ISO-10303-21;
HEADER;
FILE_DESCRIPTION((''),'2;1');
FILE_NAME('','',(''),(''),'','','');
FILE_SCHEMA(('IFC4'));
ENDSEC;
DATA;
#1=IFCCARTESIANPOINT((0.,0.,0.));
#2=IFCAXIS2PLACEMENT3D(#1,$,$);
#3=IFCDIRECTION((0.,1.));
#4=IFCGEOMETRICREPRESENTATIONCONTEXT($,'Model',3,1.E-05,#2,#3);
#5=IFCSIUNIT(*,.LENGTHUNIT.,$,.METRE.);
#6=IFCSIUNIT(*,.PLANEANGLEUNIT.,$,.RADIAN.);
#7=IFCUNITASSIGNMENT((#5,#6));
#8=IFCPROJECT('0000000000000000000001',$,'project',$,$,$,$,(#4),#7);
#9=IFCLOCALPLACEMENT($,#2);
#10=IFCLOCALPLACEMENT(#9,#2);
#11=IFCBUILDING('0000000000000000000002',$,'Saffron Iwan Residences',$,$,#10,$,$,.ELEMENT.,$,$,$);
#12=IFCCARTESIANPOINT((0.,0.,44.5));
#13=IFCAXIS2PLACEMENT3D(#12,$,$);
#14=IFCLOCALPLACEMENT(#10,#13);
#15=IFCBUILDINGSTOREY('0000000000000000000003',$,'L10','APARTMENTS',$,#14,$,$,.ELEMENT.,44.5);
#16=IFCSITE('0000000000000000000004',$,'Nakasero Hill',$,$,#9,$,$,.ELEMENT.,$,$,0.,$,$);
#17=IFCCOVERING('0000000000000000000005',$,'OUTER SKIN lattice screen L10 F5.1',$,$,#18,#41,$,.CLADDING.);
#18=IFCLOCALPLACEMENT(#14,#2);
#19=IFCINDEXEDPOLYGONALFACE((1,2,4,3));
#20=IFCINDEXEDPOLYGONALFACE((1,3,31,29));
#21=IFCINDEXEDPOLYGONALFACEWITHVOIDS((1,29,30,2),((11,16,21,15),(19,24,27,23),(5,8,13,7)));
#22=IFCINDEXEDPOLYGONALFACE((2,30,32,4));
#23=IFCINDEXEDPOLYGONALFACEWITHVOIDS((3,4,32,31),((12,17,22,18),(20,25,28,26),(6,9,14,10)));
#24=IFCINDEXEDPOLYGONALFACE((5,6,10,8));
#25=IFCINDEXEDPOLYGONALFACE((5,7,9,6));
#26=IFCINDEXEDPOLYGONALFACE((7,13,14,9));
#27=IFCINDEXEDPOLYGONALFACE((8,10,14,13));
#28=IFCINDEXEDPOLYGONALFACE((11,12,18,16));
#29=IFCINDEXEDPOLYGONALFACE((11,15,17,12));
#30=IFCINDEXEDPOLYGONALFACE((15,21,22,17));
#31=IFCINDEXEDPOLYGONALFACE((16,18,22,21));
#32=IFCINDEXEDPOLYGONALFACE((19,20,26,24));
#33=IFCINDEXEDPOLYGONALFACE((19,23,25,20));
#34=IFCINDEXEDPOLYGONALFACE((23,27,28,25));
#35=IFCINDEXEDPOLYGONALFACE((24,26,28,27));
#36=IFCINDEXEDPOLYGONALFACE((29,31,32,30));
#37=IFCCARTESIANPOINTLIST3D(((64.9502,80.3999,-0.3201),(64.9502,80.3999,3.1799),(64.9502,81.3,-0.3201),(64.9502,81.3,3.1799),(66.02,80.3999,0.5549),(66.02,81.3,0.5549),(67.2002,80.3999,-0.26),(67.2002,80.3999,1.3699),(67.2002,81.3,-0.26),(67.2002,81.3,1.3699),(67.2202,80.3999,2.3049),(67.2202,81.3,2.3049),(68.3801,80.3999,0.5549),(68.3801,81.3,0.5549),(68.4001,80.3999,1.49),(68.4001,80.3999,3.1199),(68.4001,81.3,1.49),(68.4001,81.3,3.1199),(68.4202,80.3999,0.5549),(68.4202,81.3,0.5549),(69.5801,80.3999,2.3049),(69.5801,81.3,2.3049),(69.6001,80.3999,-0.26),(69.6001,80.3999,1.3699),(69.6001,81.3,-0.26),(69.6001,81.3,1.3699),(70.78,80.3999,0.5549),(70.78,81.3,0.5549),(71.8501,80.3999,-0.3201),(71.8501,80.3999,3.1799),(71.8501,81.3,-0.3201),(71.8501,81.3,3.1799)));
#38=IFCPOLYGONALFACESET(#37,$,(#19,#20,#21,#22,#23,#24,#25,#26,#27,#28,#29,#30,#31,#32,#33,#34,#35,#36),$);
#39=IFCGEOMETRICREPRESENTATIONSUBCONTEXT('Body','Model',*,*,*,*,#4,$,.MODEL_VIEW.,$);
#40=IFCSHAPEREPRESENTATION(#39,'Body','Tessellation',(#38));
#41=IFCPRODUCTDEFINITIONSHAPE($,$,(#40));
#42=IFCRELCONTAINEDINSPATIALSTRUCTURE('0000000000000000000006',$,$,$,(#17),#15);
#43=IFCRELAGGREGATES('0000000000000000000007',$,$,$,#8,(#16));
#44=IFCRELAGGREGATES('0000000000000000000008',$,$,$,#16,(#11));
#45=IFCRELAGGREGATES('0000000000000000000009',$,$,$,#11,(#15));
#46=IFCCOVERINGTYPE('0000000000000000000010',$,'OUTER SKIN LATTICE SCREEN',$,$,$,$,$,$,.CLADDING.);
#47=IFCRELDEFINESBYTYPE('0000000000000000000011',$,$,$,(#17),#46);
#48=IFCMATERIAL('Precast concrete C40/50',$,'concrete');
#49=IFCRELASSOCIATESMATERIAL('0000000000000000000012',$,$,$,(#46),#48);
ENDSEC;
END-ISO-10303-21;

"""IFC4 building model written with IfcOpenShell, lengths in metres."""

from ifc_helpers import new_model, si_unit, direction, frame, origin, place, context, subcontext, project, spatial, polyline, outline, extrude, material, type_object, element, save


model = new_model("IFC4")

# Units and contexts
model_context = context("Model", 3, precision=1e-05, world=origin(), true_north=direction((0.0, 1.0)))
body_context = subcontext(model_context, "Body", "Model", "MODEL_VIEW")
ifc_project = project(units=[si_unit("LENGTHUNIT", "METRE"), si_unit("PLANEANGLEUNIT", "RADIAN")], contexts=[model_context])

# Site, building, storey
site_placement = place(None, origin())
site = spatial("IfcSite", under=ifc_project, at=site_placement, Name="Nakasero Hill", CompositionType="ELEMENT", RefElevation=0.0)
building_placement = place(site_placement, origin())
building = spatial("IfcBuilding", under=site, at=building_placement, Name="Saffron Iwan Residences", CompositionType="ELEMENT")
storey_placement = place(building_placement, frame((0.0, 0.0, 44.5)))
storey = spatial("IfcBuildingStorey", under=building, at=storey_placement, Name="L10", Description="APARTMENTS", CompositionType="ELEMENT", Elevation=44.5)

# Covering
ifc_material_1 = material(Name="Precast concrete C40/50", Category="concrete")
covering_type = type_object("IfcCoveringType", Name="OUTER SKIN LATTICE SCREEN", PredefinedType="CLADDING", material=ifc_material_1)
covering_placement = place(storey_placement, frame((71.8501, 80.3999, -0.3201), z_axis=(0.0, 1.0, 0.0), x_axis=(-1.0, 0.0, 0.0)))
element("IfcCovering", 1, at=covering_placement, inside=storey, type_object=covering_type, Name="OUTER SKIN lattice screen L10 F5.1", PredefinedType="CLADDING", context=body_context, shape_type="SweptSolid", body=[
    extrude(outline(polyline([(0.0, 0.0), (6.8999, 0.0), (6.8999, 3.5), (0.0, 3.5), (0.0, 0.0)]), holes=[polyline([(1.0701, 0.875), (2.25, 0.0601), (3.4299, 0.875), (2.25, 1.6899), (1.0701, 0.875)]), polyline([(3.47, 0.875), (4.6499, 0.0601), (5.8301, 0.875), (4.6499, 1.6899), (3.47, 0.875)]), polyline([(2.27, 2.625), (3.45, 1.8101), (4.6299, 2.625), (3.45, 3.4399), (2.27, 2.625)])]), origin(), (0.0, 0.0, 1.0), 0.9001),
])

save(model, "model.ifc")
